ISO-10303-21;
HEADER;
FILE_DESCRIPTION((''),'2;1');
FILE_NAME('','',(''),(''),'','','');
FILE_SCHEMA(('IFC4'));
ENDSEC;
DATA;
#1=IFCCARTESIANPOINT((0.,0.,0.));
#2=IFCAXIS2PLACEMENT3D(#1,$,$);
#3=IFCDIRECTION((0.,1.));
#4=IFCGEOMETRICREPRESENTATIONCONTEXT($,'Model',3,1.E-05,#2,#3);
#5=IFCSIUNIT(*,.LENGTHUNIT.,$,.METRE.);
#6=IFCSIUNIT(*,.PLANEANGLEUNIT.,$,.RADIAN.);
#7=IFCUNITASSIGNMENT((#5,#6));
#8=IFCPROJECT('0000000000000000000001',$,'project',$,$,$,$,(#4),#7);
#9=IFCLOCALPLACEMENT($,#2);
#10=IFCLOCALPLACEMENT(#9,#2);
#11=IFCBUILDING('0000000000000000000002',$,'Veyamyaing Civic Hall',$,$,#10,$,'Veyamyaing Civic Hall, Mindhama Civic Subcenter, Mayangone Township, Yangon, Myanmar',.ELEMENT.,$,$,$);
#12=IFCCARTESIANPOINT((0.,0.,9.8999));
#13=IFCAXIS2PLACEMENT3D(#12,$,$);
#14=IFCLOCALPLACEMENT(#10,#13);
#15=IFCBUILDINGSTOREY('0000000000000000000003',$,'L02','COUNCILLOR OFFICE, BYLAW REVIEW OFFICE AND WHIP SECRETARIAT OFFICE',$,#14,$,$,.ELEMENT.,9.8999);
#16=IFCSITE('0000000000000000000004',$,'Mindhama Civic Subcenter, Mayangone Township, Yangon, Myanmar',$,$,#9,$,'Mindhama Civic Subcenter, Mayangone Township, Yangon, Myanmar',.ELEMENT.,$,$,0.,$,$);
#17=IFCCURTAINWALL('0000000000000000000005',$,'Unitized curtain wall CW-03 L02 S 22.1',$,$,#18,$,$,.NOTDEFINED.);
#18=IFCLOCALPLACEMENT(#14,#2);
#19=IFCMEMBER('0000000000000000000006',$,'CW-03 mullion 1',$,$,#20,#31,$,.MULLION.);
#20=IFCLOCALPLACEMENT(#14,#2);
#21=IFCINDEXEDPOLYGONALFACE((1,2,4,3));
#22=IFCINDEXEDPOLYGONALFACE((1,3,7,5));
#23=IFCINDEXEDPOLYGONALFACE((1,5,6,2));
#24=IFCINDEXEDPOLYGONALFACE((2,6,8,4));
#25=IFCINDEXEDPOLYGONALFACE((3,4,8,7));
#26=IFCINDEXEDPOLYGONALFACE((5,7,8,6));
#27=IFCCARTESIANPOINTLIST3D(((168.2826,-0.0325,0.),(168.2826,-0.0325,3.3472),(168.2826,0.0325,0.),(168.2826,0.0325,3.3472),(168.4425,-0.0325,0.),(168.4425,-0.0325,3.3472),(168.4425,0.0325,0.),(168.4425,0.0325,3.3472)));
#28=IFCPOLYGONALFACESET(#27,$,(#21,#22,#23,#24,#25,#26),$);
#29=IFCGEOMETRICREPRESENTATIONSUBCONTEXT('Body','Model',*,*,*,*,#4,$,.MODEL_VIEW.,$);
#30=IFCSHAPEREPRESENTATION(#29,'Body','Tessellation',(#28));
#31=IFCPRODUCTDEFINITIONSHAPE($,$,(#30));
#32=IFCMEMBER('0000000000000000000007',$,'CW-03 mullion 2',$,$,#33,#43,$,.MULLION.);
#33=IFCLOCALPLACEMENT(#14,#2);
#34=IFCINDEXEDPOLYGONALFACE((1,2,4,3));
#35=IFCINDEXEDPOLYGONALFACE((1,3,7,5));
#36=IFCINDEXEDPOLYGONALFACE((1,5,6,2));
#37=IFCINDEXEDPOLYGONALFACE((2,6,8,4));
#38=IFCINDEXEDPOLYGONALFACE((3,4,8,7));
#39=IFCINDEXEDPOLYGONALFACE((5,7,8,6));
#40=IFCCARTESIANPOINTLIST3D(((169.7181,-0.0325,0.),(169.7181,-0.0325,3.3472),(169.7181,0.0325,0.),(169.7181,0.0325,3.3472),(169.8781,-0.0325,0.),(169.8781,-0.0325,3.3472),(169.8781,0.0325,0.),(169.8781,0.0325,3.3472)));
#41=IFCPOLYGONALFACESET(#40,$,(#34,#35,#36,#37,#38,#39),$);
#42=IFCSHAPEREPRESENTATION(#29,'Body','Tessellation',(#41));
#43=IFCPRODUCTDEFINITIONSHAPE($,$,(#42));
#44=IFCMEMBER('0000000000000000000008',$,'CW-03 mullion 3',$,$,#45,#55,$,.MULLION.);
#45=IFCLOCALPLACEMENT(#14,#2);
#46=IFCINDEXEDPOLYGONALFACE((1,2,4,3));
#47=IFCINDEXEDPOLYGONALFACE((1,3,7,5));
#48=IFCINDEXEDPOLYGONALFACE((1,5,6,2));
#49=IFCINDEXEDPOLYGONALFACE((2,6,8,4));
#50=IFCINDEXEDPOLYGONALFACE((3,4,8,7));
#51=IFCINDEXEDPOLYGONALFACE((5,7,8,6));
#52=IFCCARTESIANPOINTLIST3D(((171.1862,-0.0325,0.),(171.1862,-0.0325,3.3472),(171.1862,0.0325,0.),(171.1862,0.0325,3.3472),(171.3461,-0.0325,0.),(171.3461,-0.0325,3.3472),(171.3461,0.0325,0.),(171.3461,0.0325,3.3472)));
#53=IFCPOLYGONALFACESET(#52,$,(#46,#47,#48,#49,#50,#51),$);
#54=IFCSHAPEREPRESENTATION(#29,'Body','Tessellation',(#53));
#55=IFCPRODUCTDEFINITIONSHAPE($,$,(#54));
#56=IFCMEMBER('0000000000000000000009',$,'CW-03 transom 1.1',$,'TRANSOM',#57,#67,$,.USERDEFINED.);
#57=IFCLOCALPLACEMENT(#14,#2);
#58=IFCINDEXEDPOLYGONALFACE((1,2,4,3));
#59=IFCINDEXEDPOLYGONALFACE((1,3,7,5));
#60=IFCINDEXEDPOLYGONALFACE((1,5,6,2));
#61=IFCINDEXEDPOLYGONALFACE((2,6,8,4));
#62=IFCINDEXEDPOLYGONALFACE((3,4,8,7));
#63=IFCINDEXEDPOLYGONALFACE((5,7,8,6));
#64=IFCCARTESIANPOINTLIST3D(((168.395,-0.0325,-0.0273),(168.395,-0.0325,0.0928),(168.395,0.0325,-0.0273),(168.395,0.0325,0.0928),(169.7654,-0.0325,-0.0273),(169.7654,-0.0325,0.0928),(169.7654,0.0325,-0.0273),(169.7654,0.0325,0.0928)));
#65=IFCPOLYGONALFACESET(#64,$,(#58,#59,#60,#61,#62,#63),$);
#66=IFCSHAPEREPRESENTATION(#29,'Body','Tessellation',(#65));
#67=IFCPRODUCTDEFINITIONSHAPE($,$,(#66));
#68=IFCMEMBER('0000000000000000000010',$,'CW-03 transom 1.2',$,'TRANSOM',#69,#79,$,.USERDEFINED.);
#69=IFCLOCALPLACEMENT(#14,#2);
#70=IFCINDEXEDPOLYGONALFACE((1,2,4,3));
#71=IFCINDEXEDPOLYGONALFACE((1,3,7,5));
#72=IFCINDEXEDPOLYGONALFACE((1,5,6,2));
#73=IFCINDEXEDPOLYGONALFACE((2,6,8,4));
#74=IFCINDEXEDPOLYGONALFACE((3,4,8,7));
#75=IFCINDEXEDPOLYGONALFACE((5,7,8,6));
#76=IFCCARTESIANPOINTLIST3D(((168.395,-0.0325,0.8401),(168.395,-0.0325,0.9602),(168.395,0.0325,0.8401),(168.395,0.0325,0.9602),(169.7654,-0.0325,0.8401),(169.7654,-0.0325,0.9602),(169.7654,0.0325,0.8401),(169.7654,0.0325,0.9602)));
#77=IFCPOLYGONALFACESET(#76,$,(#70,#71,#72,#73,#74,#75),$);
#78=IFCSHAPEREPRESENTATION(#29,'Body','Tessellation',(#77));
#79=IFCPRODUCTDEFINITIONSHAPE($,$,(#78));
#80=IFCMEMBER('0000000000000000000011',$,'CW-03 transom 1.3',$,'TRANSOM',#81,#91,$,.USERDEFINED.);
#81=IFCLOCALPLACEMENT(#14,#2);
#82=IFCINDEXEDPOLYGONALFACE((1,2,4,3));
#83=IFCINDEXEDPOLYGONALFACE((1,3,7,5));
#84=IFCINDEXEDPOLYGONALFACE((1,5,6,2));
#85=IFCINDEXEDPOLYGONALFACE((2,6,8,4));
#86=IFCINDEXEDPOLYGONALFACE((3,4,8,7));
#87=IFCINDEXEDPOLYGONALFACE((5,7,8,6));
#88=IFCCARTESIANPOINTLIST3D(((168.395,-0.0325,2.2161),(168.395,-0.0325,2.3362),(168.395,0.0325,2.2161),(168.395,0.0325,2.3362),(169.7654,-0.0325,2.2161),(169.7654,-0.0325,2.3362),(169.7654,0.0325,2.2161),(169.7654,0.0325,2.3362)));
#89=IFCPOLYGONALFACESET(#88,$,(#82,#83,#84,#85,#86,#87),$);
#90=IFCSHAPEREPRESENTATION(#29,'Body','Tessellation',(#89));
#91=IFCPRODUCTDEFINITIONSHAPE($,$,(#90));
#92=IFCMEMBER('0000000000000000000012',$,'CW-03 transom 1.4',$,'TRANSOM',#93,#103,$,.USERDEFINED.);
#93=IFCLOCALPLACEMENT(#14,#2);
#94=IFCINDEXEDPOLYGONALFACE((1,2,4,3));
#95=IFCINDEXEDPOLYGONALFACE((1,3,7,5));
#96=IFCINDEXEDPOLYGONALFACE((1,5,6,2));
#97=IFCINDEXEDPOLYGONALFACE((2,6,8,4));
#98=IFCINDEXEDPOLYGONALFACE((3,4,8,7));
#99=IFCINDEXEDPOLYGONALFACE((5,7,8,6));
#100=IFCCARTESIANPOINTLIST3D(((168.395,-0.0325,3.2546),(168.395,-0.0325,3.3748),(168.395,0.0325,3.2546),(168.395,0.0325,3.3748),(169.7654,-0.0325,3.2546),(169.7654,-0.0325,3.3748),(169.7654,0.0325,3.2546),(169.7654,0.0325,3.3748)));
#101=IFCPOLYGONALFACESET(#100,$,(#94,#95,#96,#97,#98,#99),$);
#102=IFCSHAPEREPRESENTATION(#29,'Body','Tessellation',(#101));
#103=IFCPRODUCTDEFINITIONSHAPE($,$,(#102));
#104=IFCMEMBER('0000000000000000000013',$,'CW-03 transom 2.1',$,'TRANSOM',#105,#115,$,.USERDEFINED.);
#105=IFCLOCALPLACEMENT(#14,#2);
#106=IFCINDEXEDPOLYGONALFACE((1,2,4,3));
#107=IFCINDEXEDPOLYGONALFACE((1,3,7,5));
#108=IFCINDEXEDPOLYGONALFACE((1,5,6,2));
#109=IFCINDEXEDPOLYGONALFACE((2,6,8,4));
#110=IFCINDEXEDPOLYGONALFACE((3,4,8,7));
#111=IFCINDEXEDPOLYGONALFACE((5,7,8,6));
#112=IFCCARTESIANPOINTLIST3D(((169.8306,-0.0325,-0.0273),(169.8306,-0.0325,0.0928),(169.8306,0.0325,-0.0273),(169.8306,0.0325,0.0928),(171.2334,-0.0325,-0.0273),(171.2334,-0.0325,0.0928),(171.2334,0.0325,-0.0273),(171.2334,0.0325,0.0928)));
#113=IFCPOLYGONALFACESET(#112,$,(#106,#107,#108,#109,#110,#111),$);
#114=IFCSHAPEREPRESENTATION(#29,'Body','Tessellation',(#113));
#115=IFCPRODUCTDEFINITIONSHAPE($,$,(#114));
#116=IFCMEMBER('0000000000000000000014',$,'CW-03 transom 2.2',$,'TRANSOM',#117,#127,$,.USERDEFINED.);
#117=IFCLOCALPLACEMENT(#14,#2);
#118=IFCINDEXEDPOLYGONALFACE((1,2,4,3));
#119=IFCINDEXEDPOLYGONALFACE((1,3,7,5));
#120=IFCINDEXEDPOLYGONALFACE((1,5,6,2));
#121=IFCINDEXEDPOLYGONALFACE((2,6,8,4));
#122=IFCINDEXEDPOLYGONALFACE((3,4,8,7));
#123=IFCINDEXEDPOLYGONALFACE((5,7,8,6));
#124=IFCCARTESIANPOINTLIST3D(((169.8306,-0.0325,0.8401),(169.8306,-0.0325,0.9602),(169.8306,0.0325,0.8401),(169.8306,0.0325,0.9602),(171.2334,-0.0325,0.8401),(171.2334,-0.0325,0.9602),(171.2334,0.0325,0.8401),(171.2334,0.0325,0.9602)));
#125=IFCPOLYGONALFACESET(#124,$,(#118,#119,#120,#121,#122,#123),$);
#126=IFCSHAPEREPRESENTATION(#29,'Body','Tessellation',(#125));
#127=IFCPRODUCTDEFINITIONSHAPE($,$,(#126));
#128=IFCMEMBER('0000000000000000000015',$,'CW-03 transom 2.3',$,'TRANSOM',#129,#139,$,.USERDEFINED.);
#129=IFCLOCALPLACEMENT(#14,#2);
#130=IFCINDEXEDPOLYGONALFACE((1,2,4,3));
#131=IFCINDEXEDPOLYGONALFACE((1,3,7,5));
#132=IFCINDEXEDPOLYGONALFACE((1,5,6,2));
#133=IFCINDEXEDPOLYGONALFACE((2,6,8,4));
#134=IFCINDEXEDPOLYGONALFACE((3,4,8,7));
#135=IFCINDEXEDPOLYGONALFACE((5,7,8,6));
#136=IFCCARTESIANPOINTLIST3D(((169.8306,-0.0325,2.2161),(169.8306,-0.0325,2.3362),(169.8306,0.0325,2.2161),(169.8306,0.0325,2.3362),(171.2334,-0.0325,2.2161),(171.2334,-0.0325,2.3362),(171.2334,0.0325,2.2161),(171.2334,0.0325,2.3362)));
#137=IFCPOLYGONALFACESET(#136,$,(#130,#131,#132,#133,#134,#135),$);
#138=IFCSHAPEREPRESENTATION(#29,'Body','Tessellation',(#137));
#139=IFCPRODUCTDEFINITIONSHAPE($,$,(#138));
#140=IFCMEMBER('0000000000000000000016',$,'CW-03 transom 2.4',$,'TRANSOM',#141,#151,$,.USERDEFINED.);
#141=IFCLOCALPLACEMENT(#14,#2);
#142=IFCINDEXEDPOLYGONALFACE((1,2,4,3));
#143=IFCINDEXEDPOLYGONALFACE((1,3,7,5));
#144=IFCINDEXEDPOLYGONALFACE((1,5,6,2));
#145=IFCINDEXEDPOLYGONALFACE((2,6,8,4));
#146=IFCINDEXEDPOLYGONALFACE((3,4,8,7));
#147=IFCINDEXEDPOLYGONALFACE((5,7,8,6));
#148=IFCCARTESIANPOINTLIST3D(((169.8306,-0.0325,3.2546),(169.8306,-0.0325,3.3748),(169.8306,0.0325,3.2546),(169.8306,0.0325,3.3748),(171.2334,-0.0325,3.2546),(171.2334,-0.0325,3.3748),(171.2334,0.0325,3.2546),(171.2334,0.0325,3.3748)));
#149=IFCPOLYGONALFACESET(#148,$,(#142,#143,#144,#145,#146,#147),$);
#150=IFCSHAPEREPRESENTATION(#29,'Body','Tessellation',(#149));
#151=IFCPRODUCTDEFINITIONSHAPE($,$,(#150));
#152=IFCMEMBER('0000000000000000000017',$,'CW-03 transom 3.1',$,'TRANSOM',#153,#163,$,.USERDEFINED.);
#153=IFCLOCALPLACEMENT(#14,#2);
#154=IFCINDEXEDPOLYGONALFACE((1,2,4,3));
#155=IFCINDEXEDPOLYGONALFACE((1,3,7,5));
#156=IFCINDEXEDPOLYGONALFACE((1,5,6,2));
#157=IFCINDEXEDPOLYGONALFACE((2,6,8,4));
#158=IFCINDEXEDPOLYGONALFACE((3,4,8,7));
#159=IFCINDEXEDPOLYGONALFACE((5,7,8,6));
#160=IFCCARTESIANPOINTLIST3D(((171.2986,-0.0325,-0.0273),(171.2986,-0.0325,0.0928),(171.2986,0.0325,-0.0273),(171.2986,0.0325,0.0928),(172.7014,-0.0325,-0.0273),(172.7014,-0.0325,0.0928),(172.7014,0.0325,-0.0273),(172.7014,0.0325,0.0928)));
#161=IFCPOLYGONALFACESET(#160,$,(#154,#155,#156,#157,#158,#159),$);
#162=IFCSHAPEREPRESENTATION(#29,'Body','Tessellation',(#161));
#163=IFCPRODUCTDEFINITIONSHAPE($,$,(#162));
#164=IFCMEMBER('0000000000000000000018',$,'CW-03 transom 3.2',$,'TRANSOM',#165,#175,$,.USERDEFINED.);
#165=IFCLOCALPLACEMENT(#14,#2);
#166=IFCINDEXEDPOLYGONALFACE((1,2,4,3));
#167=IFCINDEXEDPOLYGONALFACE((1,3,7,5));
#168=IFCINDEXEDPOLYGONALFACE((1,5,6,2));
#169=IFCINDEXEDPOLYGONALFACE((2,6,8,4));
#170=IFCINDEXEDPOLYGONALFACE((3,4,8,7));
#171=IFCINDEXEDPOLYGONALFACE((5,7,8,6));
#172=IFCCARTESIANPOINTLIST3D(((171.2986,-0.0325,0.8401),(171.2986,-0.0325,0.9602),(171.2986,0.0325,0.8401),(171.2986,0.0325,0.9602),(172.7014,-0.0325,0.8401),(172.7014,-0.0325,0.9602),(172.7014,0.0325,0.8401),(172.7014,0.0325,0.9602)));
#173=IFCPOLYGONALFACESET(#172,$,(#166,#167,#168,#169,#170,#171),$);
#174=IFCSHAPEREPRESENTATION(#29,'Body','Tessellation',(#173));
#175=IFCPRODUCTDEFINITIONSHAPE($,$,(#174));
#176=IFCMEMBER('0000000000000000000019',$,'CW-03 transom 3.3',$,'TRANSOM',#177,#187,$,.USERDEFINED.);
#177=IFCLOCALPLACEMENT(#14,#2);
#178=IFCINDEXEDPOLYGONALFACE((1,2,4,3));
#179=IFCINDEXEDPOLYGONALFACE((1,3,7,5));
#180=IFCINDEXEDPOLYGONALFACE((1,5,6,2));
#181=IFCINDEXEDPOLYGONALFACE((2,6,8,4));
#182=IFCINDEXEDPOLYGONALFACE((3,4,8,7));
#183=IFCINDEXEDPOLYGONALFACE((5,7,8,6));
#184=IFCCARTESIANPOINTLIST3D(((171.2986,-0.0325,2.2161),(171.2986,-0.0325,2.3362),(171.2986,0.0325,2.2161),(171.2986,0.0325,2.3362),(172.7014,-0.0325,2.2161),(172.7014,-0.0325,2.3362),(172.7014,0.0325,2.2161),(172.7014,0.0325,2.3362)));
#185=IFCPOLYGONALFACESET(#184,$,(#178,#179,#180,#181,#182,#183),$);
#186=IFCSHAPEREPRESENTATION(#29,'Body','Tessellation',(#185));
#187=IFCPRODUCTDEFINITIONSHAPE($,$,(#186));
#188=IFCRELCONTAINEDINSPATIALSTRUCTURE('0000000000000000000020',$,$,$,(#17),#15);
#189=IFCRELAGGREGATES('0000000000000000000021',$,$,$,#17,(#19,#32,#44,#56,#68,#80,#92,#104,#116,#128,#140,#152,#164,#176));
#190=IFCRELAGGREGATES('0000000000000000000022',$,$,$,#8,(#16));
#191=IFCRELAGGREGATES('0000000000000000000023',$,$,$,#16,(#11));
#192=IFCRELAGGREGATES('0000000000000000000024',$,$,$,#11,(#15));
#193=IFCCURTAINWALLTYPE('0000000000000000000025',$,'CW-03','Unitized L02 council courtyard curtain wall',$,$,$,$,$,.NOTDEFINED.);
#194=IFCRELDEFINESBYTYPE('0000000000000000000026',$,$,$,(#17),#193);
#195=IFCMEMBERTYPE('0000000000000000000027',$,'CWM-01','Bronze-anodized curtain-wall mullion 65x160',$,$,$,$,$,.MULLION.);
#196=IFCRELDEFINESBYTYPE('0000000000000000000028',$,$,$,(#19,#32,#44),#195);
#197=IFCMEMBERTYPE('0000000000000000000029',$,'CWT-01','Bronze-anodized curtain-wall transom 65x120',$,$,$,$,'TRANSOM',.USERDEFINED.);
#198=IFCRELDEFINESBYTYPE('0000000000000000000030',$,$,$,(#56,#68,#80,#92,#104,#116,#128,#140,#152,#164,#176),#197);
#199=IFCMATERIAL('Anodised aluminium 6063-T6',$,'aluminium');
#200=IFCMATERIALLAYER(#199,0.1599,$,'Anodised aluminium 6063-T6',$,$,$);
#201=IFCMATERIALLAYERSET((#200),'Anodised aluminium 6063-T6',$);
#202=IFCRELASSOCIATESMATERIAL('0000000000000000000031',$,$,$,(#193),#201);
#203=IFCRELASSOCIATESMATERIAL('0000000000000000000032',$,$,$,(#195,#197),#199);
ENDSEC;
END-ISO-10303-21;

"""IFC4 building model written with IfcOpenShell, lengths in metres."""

from ifc_helpers import new_model, si_unit, direction, frame, origin, origin_2d, place, context, subcontext, project, spatial, rectangle, extrude, material, layer, layer_set, material_profile, profile_set, type_object, element, aggregate, save


model = new_model("IFC4")

# Units and contexts
model_context = context("Model", 3, precision=1e-05, world=origin(), true_north=direction((0.0, 1.0)))
body_context = subcontext(model_context, "Body", "Model", "MODEL_VIEW")
ifc_project = project(units=[si_unit("LENGTHUNIT", "METRE"), si_unit("PLANEANGLEUNIT", "RADIAN")], contexts=[model_context])

# Site, building, storey
site_placement = place(None, origin())
site = spatial("IfcSite", under=ifc_project, at=site_placement, Name="Mindhama Civic Subcenter, Mayangone Township, Yangon, Myanmar", LongName="Mindhama Civic Subcenter, Mayangone Township, Yangon, Myanmar", CompositionType="ELEMENT", RefElevation=0.0)
building_placement = place(site_placement, origin())
building = spatial("IfcBuilding", under=site, at=building_placement, Name="Veyamyaing Civic Hall", LongName="Veyamyaing Civic Hall, Mindhama Civic Subcenter, Mayangone Township, Yangon, Myanmar", CompositionType="ELEMENT")
storey_placement = place(building_placement, frame((0.0, 0.0, 9.8999)))
storey = spatial("IfcBuildingStorey", under=building, at=storey_placement, Name="L02", Description="COUNCILLOR OFFICE, BYLAW REVIEW OFFICE AND WHIP SECRETARIAT OFFICE", CompositionType="ELEMENT", Elevation=9.8999)

# Curtain wall, members
ifc_material_1 = material(Name="Anodised aluminium 6063-T6", Category="aluminium")
ifc_layer_1 = layer(ifc_material_1, 0.1599, Name="Anodised aluminium 6063-T6")
ifc_layer_set_1 = layer_set([ifc_layer_1], Name="Anodised aluminium 6063-T6")
curtain_wall_type = type_object("IfcCurtainWallType", Name="CW-03", Description="Unitized L02 council courtyard curtain wall", PredefinedType="NOTDEFINED", material=ifc_layer_set_1)
curtain_wall_placement = place(storey_placement, origin())
curtain_wall = element("IfcCurtainWall", 1, at=curtain_wall_placement, inside=storey, type_object=curtain_wall_type, Name="Unitized curtain wall CW-03 L02 S 22.1", PredefinedType="NOTDEFINED")
ifc_material_profile_1 = material_profile(ifc_material_1, rectangle(XDim=0.0649, YDim=0.1599, at=origin_2d()), Name="ALU-MUL-65X160")
ifc_profile_set_1 = profile_set([ifc_material_profile_1], Name="Anodised aluminium 6063-T6")
member_type_1 = type_object("IfcMemberType", Name="CWM-01", Description="Bronze-anodized curtain-wall mullion 65x160", PredefinedType="MULLION", material=ifc_profile_set_1)
member_1_placement = place(storey_placement, frame((168.3625, 0.0, 0.0), z_axis=(0.0, 0.0, 1.0), x_axis=(0.0, 1.0, 0.0)))
member_1 = element("IfcMember", 2, at=member_1_placement, type_object=member_type_1, Name="CW-03 mullion 1", PredefinedType="MULLION", context=body_context, shape_type="SweptSolid", body=[
    extrude(rectangle(XDim=0.0649, YDim=0.1599, at=origin_2d()), origin(), (0.0, 0.0, 1.0), 3.3472),
])
member_2_placement = place(storey_placement, frame((169.7981, 0.0, 0.0), z_axis=(0.0, 0.0, 1.0), x_axis=(0.0, 1.0, 0.0)))
member_2 = element("IfcMember", 3, at=member_2_placement, type_object=member_type_1, Name="CW-03 mullion 2", PredefinedType="MULLION", context=body_context, shape_type="SweptSolid", body=[
    extrude(rectangle(XDim=0.0649, YDim=0.1599, at=origin_2d()), origin(), (0.0, 0.0, 1.0), 3.3472),
])
member_3_placement = place(storey_placement, frame((171.2661, 0.0, 0.0), z_axis=(0.0, 0.0, 1.0), x_axis=(0.0, 1.0, 0.0)))
member_3 = element("IfcMember", 4, at=member_3_placement, type_object=member_type_1, Name="CW-03 mullion 3", PredefinedType="MULLION", context=body_context, shape_type="SweptSolid", body=[
    extrude(rectangle(XDim=0.0649, YDim=0.1599, at=origin_2d()), origin(), (0.0, 0.0, 1.0), 3.3472),
])
ifc_material_profile_2 = material_profile(ifc_material_1, rectangle(XDim=0.0649, YDim=0.1201, at=origin_2d()), Name="ALU-TRN-65X120")
ifc_profile_set_2 = profile_set([ifc_material_profile_2], Name="Anodised aluminium 6063-T6")
member_type_2 = type_object("IfcMemberType", Name="CWT-01", Description="Bronze-anodized curtain-wall transom 65x120", ElementType="TRANSOM", PredefinedType="USERDEFINED", material=ifc_profile_set_2)
member_4_placement = place(storey_placement, frame((168.395, 0.0, 0.0327), z_axis=(1.0, 0.0, 0.0), x_axis=(0.0, 1.0, 0.0)))
member_4 = element("IfcMember", 5, at=member_4_placement, type_object=member_type_2, Name="CW-03 transom 1.1", ObjectType="TRANSOM", PredefinedType="USERDEFINED", context=body_context, shape_type="SweptSolid", body=[
    extrude(rectangle(XDim=0.0649, YDim=0.1201, at=origin_2d()), origin(), (0.0, 0.0, 1.0), 1.3704),
])
member_5_placement = place(storey_placement, frame((168.395, 0.0, 0.9001), z_axis=(1.0, 0.0, 0.0), x_axis=(0.0, 1.0, 0.0)))
member_5 = element("IfcMember", 6, at=member_5_placement, type_object=member_type_2, Name="CW-03 transom 1.2", ObjectType="TRANSOM", PredefinedType="USERDEFINED", context=body_context, shape_type="SweptSolid", body=[
    extrude(rectangle(XDim=0.0649, YDim=0.1201, at=origin_2d()), origin(), (0.0, 0.0, 1.0), 1.3704),
])
member_6_placement = place(storey_placement, frame((168.395, 0.0, 2.2761), z_axis=(1.0, 0.0, 0.0), x_axis=(0.0, 1.0, 0.0)))
member_6 = element("IfcMember", 7, at=member_6_placement, type_object=member_type_2, Name="CW-03 transom 1.3", ObjectType="TRANSOM", PredefinedType="USERDEFINED", context=body_context, shape_type="SweptSolid", body=[
    extrude(rectangle(XDim=0.0649, YDim=0.1201, at=origin_2d()), origin(), (0.0, 0.0, 1.0), 1.3704),
])
member_7_placement = place(storey_placement, frame((168.395, 0.0, 3.3147), z_axis=(1.0, 0.0, 0.0), x_axis=(0.0, 1.0, 0.0)))
member_7 = element("IfcMember", 8, at=member_7_placement, type_object=member_type_2, Name="CW-03 transom 1.4", ObjectType="TRANSOM", PredefinedType="USERDEFINED", context=body_context, shape_type="SweptSolid", body=[
    extrude(rectangle(XDim=0.0649, YDim=0.1201, at=origin_2d()), origin(), (0.0, 0.0, 1.0), 1.3704),
])
member_8_placement = place(storey_placement, frame((169.8306, 0.0, 0.0327), z_axis=(1.0, 0.0, 0.0), x_axis=(0.0, 1.0, 0.0)))
member_8 = element("IfcMember", 9, at=member_8_placement, type_object=member_type_2, Name="CW-03 transom 2.1", ObjectType="TRANSOM", PredefinedType="USERDEFINED", context=body_context, shape_type="SweptSolid", body=[
    extrude(rectangle(XDim=0.0649, YDim=0.1201, at=origin_2d()), origin(), (0.0, 0.0, 1.0), 1.4028),
])
member_9_placement = place(storey_placement, frame((169.8306, 0.0, 0.9001), z_axis=(1.0, 0.0, 0.0), x_axis=(0.0, 1.0, 0.0)))
member_9 = element("IfcMember", 10, at=member_9_placement, type_object=member_type_2, Name="CW-03 transom 2.2", ObjectType="TRANSOM", PredefinedType="USERDEFINED", context=body_context, shape_type="SweptSolid", body=[
    extrude(rectangle(XDim=0.0649, YDim=0.1201, at=origin_2d()), origin(), (0.0, 0.0, 1.0), 1.4028),
])
member_10_placement = place(storey_placement, frame((169.8306, 0.0, 2.2761), z_axis=(1.0, 0.0, 0.0), x_axis=(0.0, 1.0, 0.0)))
member_10 = element("IfcMember", 11, at=member_10_placement, type_object=member_type_2, Name="CW-03 transom 2.3", ObjectType="TRANSOM", PredefinedType="USERDEFINED", context=body_context, shape_type="SweptSolid", body=[
    extrude(rectangle(XDim=0.0649, YDim=0.1201, at=origin_2d()), origin(), (0.0, 0.0, 1.0), 1.4028),
])
member_11_placement = place(storey_placement, frame((169.8306, 0.0, 3.3147), z_axis=(1.0, 0.0, 0.0), x_axis=(0.0, 1.0, 0.0)))
member_11 = element("IfcMember", 12, at=member_11_placement, type_object=member_type_2, Name="CW-03 transom 2.4", ObjectType="TRANSOM", PredefinedType="USERDEFINED", context=body_context, shape_type="SweptSolid", body=[
    extrude(rectangle(XDim=0.0649, YDim=0.1201, at=origin_2d()), origin(), (0.0, 0.0, 1.0), 1.4028),
])
member_12_placement = place(storey_placement, frame((171.2986, 0.0, 0.0327), z_axis=(1.0, 0.0, 0.0), x_axis=(0.0, 1.0, 0.0)))
member_12 = element("IfcMember", 13, at=member_12_placement, type_object=member_type_2, Name="CW-03 transom 3.1", ObjectType="TRANSOM", PredefinedType="USERDEFINED", context=body_context, shape_type="SweptSolid", body=[
    extrude(rectangle(XDim=0.0649, YDim=0.1201, at=origin_2d()), origin(), (0.0, 0.0, 1.0), 1.4028),
])
member_13_placement = place(storey_placement, frame((171.2986, 0.0, 0.9001), z_axis=(1.0, 0.0, 0.0), x_axis=(0.0, 1.0, 0.0)))
member_13 = element("IfcMember", 14, at=member_13_placement, type_object=member_type_2, Name="CW-03 transom 3.2", ObjectType="TRANSOM", PredefinedType="USERDEFINED", context=body_context, shape_type="SweptSolid", body=[
    extrude(rectangle(XDim=0.0649, YDim=0.1201, at=origin_2d()), origin(), (0.0, 0.0, 1.0), 1.4028),
])
member_14_placement = place(storey_placement, frame((171.2986, 0.0, 2.2761), z_axis=(1.0, 0.0, 0.0), x_axis=(0.0, 1.0, 0.0)))
member_14 = element("IfcMember", 15, at=member_14_placement, type_object=member_type_2, Name="CW-03 transom 3.3", ObjectType="TRANSOM", PredefinedType="USERDEFINED", context=body_context, shape_type="SweptSolid", body=[
    extrude(rectangle(XDim=0.0649, YDim=0.1201, at=origin_2d()), origin(), (0.0, 0.0, 1.0), 1.4028),
])
aggregate(curtain_wall, [member_1, member_2, member_3, member_4, member_5, member_6, member_7, member_8, member_9, member_10, member_11, member_12, member_13, member_14])

save(model, "model.ifc")
